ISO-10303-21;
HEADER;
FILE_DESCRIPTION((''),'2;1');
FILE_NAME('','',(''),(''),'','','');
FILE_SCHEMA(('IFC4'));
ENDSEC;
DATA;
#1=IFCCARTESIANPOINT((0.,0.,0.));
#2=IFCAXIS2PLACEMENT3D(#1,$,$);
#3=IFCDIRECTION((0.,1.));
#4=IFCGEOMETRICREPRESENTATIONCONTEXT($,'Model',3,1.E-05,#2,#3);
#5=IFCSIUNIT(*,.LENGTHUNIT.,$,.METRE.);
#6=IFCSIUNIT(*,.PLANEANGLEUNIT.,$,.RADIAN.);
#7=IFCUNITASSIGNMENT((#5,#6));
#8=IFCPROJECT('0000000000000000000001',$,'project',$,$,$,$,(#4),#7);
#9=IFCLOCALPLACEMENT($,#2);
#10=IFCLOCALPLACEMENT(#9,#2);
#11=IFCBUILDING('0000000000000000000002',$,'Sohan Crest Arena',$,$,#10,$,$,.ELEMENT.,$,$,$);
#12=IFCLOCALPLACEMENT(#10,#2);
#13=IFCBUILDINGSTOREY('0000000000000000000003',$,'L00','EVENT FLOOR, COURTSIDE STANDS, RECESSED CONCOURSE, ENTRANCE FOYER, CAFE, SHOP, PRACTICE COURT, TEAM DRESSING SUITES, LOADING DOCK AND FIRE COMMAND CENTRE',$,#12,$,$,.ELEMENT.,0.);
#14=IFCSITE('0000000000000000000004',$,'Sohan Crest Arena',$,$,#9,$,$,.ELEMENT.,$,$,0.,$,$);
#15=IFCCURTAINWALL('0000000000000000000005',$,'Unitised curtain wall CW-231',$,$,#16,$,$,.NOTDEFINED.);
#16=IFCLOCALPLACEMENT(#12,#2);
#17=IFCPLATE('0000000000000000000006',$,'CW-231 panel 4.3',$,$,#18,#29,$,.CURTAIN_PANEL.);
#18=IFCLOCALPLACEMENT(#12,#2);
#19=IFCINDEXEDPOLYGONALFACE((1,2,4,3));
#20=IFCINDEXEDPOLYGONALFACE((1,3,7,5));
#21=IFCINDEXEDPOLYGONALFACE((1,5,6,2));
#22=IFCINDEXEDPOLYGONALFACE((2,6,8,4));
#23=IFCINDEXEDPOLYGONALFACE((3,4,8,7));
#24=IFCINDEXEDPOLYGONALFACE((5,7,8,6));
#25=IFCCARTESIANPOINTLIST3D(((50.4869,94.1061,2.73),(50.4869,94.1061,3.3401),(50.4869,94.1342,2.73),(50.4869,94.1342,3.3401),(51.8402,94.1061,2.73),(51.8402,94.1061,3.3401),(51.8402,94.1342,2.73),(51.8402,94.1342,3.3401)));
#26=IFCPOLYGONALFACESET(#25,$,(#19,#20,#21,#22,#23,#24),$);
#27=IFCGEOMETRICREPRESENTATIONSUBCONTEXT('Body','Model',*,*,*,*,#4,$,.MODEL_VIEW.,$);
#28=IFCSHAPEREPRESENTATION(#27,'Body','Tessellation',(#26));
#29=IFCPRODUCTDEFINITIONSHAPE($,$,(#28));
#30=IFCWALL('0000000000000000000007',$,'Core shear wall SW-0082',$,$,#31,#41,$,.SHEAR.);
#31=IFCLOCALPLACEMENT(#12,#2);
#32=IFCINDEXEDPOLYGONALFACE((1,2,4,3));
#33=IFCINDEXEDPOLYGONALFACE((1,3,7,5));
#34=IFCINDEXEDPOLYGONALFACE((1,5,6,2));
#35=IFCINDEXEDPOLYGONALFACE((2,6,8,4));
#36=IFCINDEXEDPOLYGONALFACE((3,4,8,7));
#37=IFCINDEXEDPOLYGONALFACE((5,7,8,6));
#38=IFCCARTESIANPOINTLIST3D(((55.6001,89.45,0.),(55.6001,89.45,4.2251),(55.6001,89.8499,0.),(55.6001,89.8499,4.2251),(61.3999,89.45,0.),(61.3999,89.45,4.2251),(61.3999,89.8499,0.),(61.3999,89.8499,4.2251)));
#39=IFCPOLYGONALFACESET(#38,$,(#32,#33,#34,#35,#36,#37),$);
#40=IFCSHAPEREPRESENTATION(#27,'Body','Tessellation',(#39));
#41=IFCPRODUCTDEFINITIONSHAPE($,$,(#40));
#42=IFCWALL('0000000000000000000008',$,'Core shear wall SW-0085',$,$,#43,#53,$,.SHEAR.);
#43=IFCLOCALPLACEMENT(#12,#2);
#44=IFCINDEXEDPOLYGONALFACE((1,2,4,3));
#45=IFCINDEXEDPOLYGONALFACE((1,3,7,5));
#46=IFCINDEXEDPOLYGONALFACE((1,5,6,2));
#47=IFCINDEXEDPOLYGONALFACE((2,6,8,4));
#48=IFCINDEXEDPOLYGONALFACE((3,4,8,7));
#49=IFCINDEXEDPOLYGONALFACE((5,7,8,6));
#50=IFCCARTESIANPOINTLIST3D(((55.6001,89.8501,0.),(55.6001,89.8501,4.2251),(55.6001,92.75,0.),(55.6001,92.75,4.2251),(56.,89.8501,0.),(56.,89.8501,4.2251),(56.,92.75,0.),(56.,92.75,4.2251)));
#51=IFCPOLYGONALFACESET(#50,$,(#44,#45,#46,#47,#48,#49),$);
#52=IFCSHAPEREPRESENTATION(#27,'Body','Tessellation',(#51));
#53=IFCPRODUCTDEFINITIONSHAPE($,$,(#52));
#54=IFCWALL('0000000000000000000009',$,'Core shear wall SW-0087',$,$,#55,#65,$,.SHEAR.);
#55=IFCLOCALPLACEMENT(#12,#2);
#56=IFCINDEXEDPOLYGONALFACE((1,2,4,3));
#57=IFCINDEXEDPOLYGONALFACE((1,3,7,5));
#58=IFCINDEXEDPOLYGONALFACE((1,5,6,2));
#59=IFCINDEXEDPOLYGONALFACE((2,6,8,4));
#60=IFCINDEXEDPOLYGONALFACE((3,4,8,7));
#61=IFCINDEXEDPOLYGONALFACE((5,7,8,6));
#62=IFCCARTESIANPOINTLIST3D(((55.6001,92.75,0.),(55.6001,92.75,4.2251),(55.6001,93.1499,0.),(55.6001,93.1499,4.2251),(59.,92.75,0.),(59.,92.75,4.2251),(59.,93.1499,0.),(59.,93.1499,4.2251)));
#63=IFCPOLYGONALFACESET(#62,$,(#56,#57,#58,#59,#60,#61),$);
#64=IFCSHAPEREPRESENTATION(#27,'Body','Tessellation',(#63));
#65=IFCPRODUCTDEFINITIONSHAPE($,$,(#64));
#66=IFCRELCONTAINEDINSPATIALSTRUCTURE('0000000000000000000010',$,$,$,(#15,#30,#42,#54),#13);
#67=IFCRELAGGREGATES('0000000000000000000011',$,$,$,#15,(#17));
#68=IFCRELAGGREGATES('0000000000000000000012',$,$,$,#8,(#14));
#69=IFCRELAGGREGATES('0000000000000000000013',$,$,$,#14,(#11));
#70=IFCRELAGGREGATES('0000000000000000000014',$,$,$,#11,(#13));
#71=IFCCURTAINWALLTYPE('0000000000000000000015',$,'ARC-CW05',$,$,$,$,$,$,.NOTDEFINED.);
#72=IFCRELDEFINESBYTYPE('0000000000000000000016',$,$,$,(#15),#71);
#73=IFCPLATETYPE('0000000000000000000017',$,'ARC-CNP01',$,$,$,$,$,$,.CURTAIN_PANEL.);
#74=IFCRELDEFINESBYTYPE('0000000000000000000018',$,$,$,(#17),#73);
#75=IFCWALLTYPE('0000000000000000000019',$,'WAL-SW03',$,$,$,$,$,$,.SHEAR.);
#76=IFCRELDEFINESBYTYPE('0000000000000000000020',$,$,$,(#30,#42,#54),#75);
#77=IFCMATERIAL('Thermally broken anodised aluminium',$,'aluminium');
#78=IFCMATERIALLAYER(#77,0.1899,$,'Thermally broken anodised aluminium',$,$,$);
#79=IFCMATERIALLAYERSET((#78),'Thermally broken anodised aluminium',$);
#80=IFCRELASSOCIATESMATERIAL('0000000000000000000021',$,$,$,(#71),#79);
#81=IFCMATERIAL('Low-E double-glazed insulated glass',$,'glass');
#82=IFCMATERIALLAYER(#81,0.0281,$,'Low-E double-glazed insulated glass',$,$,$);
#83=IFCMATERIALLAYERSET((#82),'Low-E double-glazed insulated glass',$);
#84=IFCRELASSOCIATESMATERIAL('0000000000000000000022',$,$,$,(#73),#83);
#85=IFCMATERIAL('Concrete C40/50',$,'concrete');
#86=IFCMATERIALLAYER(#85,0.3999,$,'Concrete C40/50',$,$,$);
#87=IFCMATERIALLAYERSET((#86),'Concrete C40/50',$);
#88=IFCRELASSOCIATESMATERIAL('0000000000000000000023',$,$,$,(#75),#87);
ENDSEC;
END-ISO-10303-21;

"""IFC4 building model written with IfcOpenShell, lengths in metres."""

from ifc_helpers import new_model, si_unit, direction, frame, frame_2d, origin, origin_2d, place, context, subcontext, project, spatial, rectangle, extrude, material, layer, layer_set, type_object, element, aggregate, save


model = new_model("IFC4")

# Units and contexts
model_context = context("Model", 3, precision=1e-05, world=origin(), true_north=direction((0.0, 1.0)))
body_context = subcontext(model_context, "Body", "Model", "MODEL_VIEW")
ifc_project = project(units=[si_unit("LENGTHUNIT", "METRE"), si_unit("PLANEANGLEUNIT", "RADIAN")], contexts=[model_context])

# Site, building, storey
site_placement = place(None, origin())
site = spatial("IfcSite", under=ifc_project, at=site_placement, Name="Sohan Crest Arena", CompositionType="ELEMENT", RefElevation=0.0)
building_placement = place(site_placement, origin())
building = spatial("IfcBuilding", under=site, at=building_placement, Name="Sohan Crest Arena", CompositionType="ELEMENT")
storey_placement = place(building_placement, origin())
storey = spatial("IfcBuildingStorey", under=building, at=storey_placement, Name="L00", Description="EVENT FLOOR, COURTSIDE STANDS, RECESSED CONCOURSE, ENTRANCE FOYER, CAFE, SHOP, PRACTICE COURT, TEAM DRESSING SUITES, LOADING DOCK AND FIRE COMMAND CENTRE", CompositionType="ELEMENT", Elevation=0.0)

# Shared definitions
ifc_material_1 = material(Name="Concrete C40/50", Category="concrete")

# Shared definitions
ifc_material_2 = material(Name="Thermally broken anodised aluminium", Category="aluminium")

# Curtain wall
ifc_layer_1 = layer(ifc_material_2, 0.1899, Name="Thermally broken anodised aluminium")
ifc_layer_set_1 = layer_set([ifc_layer_1], Name="Thermally broken anodised aluminium")
curtain_wall_type_1 = type_object("IfcCurtainWallType", Name="ARC-CW05", PredefinedType="NOTDEFINED", material=ifc_layer_set_1)
curtain_wall_1_placement = place(storey_placement, origin())
curtain_wall_1 = element("IfcCurtainWall", 1, at=curtain_wall_1_placement, inside=storey, type_object=curtain_wall_type_1, Name="Unitised curtain wall CW-231", PredefinedType="NOTDEFINED")

# Plate
ifc_material_3 = material(Name="Low-E double-glazed insulated glass", Category="glass")
ifc_layer_2 = layer(ifc_material_3, 0.0281, Name="Low-E double-glazed insulated glass")
ifc_layer_set_2 = layer_set([ifc_layer_2], Name="Low-E double-glazed insulated glass")
plate_type = type_object("IfcPlateType", Name="ARC-CNP01", PredefinedType="CURTAIN_PANEL", material=ifc_layer_set_2)
plate_1_placement = place(storey_placement, frame((51.1636, 94.1201, 2.73), z_axis=(0.0, 0.0, 1.0), x_axis=(1.0, 0.0, 0.0)))
plate_1 = element("IfcPlate", 2, at=plate_1_placement, type_object=plate_type, Name="CW-231 panel 4.3", PredefinedType="CURTAIN_PANEL", context=body_context, shape_type="SweptSolid", body=[
    extrude(rectangle(XDim=1.3533, YDim=0.0281, at=origin_2d()), origin(), (0.0, 0.0, 1.0), 0.6101),
])
aggregate(curtain_wall_1, [plate_1])

# Walls
ifc_layer_3 = layer(ifc_material_1, 0.3999, Name="Concrete C40/50")
ifc_layer_set_3 = layer_set([ifc_layer_3], Name="Concrete C40/50")
wall_type = type_object("IfcWallType", Name="WAL-SW03", PredefinedType="SHEAR", material=ifc_layer_set_3)
wall_1_placement = place(storey_placement, frame((55.6001, 89.6499, 0.0), z_axis=(0.0, 0.0, 1.0), x_axis=(1.0, 0.0, 0.0)))
element("IfcWall", 3, at=wall_1_placement, inside=storey, type_object=wall_type, Name="Core shear wall SW-0082", PredefinedType="SHEAR", context=body_context, shape_type="SweptSolid", body=[
    extrude(rectangle(XDim=5.7998, YDim=0.3999, at=frame_2d((2.8999, 0.0))), origin(), (0.0, 0.0, 1.0), 4.2251),
])
wall_2_placement = place(storey_placement, frame((55.8, 89.8501, 0.0), z_axis=(0.0, 0.0, 1.0), x_axis=(0.0, 1.0, 0.0)))
element("IfcWall", 4, at=wall_2_placement, inside=storey, type_object=wall_type, Name="Core shear wall SW-0085", PredefinedType="SHEAR", context=body_context, shape_type="SweptSolid", body=[
    extrude(rectangle(XDim=2.8999, YDim=0.3999, at=frame_2d((1.45, 0.0))), origin(), (0.0, 0.0, 1.0), 4.2251),
])
wall_3_placement = place(storey_placement, frame((55.6001, 92.95, 0.0), z_axis=(0.0, 0.0, 1.0), x_axis=(1.0, 0.0, 0.0)))
element("IfcWall", 5, at=wall_3_placement, inside=storey, type_object=wall_type, Name="Core shear wall SW-0087", PredefinedType="SHEAR", context=body_context, shape_type="SweptSolid", body=[
    extrude(rectangle(XDim=3.3999, YDim=0.3999, at=frame_2d((1.7, 0.0))), origin(), (0.0, 0.0, 1.0), 4.2251),
])

save(model, "model.ifc")
